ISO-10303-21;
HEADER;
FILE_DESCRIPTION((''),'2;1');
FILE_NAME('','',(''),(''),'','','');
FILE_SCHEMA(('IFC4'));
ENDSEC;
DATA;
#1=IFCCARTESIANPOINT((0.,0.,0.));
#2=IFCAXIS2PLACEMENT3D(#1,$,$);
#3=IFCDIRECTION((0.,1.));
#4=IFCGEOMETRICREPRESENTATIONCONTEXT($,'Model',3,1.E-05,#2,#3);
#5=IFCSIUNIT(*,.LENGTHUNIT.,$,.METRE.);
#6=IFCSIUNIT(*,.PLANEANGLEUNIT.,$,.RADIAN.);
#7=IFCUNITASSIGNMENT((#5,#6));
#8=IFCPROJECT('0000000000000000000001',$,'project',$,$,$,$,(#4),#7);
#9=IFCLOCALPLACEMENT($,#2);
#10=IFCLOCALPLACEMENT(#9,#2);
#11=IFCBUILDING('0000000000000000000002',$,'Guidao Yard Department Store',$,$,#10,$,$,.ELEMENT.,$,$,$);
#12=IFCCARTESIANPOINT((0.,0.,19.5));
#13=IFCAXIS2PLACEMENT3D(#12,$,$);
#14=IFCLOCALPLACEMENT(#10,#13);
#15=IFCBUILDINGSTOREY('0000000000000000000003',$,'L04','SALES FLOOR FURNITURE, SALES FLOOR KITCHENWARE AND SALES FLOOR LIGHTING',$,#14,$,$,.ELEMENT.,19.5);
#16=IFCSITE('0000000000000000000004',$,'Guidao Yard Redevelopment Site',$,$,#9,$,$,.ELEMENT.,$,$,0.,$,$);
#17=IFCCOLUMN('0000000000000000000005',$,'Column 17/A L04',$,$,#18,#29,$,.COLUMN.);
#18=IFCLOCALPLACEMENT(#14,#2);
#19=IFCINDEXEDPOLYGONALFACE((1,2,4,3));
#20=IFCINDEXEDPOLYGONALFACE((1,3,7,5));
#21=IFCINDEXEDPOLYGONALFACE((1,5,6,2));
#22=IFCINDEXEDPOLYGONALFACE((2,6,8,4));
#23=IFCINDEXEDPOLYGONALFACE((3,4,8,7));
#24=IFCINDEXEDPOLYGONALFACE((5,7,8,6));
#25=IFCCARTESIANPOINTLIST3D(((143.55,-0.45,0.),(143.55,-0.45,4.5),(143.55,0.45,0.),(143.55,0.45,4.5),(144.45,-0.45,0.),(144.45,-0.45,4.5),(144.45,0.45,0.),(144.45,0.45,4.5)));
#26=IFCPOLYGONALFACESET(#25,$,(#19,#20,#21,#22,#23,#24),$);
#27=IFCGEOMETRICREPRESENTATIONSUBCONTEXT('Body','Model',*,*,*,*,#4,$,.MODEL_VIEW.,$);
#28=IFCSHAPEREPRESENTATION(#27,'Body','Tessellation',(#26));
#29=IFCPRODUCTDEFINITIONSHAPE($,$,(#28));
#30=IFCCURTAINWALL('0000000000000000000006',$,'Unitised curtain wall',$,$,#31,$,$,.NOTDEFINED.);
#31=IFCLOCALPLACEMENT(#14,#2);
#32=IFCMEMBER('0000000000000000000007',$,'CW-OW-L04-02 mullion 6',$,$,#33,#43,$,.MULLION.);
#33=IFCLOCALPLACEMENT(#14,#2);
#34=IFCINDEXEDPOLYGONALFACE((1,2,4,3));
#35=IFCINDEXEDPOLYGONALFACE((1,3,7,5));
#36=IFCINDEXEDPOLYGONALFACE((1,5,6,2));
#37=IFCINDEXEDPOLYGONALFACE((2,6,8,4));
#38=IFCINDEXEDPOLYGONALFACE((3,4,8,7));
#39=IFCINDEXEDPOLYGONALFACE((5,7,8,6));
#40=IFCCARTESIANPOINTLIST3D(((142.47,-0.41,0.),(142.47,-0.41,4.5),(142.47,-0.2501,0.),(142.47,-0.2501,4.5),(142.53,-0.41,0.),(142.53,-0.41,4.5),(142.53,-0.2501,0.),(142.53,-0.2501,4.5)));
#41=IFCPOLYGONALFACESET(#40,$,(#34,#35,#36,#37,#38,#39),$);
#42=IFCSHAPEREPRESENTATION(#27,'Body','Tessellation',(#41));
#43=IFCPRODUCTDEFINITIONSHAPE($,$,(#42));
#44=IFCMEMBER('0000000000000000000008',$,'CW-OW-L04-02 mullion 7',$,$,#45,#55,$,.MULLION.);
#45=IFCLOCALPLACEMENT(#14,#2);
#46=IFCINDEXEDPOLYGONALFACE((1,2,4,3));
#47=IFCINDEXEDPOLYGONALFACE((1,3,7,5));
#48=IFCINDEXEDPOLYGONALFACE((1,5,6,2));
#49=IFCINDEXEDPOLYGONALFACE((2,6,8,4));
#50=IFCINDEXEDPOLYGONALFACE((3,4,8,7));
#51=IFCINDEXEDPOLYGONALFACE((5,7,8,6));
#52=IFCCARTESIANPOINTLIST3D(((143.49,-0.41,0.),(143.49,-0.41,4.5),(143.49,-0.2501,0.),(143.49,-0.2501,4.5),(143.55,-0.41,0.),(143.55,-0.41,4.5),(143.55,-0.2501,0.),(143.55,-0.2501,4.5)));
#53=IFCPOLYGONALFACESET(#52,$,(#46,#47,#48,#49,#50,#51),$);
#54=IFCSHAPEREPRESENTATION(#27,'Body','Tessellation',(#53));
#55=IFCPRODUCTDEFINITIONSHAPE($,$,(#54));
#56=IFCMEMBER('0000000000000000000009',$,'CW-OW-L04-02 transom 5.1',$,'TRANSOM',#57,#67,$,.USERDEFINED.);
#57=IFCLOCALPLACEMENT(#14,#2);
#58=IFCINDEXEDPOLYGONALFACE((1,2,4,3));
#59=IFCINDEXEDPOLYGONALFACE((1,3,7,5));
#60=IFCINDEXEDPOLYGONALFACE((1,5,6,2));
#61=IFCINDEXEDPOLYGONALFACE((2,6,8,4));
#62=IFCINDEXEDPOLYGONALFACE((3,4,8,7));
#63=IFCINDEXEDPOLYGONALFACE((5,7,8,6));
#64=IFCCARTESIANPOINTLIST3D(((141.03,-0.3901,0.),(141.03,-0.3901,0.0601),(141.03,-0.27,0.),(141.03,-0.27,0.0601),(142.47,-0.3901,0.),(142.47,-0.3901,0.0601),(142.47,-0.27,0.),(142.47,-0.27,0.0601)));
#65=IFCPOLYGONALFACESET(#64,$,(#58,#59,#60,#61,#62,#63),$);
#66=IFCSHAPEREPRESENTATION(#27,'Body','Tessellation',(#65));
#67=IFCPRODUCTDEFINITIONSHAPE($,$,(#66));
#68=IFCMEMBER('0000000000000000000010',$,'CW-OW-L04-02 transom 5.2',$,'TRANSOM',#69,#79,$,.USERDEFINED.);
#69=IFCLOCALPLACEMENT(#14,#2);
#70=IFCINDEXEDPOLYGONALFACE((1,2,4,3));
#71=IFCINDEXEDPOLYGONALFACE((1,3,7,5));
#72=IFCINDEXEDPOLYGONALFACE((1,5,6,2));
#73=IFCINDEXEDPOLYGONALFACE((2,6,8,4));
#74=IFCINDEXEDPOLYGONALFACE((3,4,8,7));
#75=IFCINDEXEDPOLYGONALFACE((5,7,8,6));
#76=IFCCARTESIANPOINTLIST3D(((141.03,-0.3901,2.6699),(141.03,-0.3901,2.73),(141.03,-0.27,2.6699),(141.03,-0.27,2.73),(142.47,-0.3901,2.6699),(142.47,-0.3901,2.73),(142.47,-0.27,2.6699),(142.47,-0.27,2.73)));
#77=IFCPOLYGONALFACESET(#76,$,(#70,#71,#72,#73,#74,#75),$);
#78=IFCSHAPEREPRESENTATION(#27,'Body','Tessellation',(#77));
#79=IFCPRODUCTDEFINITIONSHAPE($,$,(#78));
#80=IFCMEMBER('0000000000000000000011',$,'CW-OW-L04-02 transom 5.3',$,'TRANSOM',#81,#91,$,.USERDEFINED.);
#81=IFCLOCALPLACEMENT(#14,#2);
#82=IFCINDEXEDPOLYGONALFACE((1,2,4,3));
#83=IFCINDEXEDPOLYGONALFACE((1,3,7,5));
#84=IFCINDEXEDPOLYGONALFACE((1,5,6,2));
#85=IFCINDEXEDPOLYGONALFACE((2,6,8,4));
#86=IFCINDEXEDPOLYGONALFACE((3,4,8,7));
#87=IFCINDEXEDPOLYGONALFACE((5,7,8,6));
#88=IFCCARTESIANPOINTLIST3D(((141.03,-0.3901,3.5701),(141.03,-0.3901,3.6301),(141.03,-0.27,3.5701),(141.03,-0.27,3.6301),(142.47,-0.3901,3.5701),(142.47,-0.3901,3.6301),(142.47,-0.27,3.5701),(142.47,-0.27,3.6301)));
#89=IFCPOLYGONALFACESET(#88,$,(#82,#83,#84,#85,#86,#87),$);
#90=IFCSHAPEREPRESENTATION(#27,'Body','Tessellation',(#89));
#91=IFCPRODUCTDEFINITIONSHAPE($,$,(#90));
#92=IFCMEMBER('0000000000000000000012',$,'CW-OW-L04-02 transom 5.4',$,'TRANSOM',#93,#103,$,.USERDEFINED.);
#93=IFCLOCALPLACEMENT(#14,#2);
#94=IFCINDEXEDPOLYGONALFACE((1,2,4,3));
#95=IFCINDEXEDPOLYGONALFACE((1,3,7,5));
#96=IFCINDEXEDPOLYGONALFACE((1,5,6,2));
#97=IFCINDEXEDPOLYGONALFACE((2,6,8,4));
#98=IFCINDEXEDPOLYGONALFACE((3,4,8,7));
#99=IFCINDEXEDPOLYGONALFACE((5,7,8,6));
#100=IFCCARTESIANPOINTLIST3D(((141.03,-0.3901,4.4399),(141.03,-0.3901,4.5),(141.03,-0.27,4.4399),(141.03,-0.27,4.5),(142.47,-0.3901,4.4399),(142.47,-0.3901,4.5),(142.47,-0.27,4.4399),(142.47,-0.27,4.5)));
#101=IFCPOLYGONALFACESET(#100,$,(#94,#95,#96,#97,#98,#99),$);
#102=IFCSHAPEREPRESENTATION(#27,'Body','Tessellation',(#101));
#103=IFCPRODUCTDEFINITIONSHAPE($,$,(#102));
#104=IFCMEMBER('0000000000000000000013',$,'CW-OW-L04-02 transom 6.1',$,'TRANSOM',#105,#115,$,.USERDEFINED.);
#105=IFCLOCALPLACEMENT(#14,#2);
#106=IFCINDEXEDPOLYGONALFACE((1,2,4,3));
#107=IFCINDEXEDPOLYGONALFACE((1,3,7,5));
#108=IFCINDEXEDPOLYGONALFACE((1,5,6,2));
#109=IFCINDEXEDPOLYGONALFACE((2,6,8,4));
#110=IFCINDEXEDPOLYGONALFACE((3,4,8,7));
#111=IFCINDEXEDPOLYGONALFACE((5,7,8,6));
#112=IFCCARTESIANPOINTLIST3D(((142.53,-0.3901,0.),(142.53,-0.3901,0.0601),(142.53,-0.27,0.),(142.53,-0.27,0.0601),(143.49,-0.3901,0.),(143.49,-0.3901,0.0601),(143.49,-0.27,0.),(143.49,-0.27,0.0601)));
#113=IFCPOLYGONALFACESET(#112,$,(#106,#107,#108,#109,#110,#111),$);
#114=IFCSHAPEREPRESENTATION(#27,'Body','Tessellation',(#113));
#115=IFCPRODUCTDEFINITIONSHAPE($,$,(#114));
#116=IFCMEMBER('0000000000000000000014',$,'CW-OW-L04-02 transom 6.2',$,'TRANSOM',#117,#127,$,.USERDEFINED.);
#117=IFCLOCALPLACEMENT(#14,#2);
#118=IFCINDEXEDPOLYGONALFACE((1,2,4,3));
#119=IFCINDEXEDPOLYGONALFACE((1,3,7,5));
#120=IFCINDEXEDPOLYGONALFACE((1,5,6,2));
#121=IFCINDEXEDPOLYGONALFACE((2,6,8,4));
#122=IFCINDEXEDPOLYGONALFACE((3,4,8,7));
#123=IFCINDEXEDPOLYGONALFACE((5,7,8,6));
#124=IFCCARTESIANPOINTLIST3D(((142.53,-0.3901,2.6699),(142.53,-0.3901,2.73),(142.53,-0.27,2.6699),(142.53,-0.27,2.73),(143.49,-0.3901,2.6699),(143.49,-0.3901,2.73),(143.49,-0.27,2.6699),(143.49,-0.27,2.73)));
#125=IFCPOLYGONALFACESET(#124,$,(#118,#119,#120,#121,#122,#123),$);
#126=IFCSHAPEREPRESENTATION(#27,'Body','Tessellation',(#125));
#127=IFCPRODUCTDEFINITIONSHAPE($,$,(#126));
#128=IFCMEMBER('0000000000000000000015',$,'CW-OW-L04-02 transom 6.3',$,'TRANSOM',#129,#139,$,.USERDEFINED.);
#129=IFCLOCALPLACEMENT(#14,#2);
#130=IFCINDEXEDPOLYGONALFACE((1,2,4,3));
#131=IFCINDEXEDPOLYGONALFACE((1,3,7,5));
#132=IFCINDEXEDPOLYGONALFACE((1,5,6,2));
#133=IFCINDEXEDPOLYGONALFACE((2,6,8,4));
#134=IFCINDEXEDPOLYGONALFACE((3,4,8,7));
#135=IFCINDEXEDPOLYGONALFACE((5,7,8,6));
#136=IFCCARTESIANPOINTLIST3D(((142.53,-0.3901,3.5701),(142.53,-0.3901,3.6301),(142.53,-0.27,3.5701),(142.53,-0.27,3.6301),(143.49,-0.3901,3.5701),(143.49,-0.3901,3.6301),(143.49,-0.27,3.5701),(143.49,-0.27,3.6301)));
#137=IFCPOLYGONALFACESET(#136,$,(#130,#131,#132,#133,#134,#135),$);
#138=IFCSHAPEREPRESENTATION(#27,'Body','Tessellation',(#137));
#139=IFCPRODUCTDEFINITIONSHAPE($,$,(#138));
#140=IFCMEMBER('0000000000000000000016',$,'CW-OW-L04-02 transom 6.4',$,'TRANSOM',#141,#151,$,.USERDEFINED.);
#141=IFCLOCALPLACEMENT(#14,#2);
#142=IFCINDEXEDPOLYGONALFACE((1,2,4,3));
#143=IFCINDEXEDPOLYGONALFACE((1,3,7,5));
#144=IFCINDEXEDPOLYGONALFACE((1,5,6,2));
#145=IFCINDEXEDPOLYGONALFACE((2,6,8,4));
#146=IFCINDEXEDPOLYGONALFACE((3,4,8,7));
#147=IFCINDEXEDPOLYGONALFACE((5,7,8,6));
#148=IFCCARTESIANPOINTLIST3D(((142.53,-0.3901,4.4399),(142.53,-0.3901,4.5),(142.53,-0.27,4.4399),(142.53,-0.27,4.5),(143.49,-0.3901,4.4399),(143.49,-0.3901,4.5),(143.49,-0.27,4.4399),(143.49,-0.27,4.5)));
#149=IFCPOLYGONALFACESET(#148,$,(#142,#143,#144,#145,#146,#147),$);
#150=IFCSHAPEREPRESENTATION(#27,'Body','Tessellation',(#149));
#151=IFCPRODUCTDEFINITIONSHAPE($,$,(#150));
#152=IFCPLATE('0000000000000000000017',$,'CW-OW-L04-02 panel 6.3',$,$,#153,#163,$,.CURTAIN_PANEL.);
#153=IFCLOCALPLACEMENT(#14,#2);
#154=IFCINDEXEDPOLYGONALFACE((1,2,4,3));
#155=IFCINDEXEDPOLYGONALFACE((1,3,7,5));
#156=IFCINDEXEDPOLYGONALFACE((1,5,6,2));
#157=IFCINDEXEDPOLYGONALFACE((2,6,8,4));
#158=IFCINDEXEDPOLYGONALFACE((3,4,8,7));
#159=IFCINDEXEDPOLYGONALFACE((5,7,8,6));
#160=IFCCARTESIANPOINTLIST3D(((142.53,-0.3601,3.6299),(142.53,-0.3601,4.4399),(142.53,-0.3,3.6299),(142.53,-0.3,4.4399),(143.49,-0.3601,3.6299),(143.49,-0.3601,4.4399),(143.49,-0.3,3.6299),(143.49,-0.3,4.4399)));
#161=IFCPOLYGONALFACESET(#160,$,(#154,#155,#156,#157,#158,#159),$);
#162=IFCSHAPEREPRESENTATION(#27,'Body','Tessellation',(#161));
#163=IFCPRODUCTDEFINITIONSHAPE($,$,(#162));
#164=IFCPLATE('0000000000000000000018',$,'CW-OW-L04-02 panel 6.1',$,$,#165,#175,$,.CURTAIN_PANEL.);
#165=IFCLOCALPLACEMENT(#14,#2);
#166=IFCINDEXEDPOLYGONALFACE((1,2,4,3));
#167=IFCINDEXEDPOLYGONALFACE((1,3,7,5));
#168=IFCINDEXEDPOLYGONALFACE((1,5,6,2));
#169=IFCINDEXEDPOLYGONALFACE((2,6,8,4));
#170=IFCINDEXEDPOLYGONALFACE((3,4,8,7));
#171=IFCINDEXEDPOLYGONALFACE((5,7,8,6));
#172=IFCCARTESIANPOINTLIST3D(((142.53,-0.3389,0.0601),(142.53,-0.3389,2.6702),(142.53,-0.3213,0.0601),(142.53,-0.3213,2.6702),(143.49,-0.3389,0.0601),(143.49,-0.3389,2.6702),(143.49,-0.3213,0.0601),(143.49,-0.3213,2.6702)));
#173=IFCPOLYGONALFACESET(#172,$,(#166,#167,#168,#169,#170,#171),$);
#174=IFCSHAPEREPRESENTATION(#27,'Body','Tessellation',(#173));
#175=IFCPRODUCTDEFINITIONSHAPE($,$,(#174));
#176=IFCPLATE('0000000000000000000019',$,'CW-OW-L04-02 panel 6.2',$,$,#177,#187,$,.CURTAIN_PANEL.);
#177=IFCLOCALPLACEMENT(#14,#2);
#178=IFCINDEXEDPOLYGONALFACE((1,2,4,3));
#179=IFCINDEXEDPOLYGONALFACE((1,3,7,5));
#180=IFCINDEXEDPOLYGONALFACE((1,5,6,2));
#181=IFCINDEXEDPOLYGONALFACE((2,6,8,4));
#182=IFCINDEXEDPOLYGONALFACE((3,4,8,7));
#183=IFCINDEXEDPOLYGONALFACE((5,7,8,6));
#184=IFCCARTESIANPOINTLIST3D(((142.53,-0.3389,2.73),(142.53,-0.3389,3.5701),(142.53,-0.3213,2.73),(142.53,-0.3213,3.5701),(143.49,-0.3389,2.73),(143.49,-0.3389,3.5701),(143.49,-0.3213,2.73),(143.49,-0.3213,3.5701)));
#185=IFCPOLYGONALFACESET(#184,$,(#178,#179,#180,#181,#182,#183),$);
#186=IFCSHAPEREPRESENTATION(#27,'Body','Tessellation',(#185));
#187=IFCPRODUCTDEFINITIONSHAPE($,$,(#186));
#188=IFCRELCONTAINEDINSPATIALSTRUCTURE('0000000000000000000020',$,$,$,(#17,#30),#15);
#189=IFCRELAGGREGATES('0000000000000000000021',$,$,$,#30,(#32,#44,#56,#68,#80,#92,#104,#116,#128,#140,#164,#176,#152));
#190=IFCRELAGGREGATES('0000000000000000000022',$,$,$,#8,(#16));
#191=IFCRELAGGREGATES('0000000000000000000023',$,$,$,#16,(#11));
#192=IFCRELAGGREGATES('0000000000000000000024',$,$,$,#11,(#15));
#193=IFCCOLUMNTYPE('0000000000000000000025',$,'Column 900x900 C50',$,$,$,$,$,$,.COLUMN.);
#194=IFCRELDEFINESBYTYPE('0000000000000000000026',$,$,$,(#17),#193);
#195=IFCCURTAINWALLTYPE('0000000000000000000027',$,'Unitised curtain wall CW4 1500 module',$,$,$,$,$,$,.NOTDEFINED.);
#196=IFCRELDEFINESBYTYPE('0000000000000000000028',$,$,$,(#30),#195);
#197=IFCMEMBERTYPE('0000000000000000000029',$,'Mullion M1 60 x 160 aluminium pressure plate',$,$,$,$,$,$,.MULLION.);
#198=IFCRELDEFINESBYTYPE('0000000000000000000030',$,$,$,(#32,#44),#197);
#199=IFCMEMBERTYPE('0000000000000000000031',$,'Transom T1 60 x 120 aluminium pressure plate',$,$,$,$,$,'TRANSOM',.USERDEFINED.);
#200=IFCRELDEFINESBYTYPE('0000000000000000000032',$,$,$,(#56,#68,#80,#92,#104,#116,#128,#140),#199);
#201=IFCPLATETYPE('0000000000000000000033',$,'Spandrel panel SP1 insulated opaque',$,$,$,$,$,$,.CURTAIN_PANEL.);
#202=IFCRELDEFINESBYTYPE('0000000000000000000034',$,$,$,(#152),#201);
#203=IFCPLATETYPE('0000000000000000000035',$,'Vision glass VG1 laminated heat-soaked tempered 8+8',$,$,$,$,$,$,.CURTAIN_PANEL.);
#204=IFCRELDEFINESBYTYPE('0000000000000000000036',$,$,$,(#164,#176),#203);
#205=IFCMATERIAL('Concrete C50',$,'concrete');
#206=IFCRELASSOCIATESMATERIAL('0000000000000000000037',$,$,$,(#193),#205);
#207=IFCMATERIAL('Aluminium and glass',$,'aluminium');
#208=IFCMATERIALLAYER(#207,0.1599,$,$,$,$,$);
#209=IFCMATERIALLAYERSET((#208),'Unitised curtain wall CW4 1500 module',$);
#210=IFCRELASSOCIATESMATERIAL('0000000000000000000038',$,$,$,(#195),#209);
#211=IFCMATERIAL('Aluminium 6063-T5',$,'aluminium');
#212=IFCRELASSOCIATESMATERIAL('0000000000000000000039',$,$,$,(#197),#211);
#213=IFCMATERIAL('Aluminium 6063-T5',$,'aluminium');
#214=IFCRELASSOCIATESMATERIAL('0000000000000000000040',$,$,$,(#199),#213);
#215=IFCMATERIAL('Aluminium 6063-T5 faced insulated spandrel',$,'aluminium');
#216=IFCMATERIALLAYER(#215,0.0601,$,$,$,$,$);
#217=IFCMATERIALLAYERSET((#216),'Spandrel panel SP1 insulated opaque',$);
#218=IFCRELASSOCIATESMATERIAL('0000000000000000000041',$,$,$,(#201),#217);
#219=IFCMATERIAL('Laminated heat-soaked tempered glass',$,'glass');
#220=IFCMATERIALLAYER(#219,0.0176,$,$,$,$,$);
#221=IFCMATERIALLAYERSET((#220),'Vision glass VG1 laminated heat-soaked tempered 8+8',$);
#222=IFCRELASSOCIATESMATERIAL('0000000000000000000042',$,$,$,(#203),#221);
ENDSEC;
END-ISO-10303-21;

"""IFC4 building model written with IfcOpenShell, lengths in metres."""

from ifc_helpers import new_model, si_unit, direction, frame, origin, origin_2d, place, context, subcontext, project, spatial, rectangle, extrude, material, layer, layer_set, material_profile, profile_set, type_object, element, aggregate, save


model = new_model("IFC4")

# Units and contexts
model_context = context("Model", 3, precision=1e-05, world=origin(), true_north=direction((0.0, 1.0)))
body_context = subcontext(model_context, "Body", "Model", "MODEL_VIEW")
ifc_project = project(units=[si_unit("LENGTHUNIT", "METRE"), si_unit("PLANEANGLEUNIT", "RADIAN")], contexts=[model_context])

# Site, building, storey
site_placement = place(None, origin())
site = spatial("IfcSite", under=ifc_project, at=site_placement, Name="Guidao Yard Redevelopment Site", CompositionType="ELEMENT", RefElevation=0.0)
building_placement = place(site_placement, origin())
building = spatial("IfcBuilding", under=site, at=building_placement, Name="Guidao Yard Department Store", CompositionType="ELEMENT")
storey_placement = place(building_placement, frame((0.0, 0.0, 19.5)))
storey = spatial("IfcBuildingStorey", under=building, at=storey_placement, Name="L04", Description="SALES FLOOR FURNITURE, SALES FLOOR KITCHENWARE AND SALES FLOOR LIGHTING", CompositionType="ELEMENT", Elevation=19.5)

# Column
ifc_material_1 = material(Name="Concrete C50", Category="concrete")
ifc_material_profile_1 = material_profile(ifc_material_1, rectangle(XDim=0.8999, YDim=0.8999, at=origin_2d()), Name="COL 900x900")
ifc_profile_set_1 = profile_set([ifc_material_profile_1], Name="Concrete C50")
column_type = type_object("IfcColumnType", Name="Column 900x900 C50", PredefinedType="COLUMN", material=ifc_profile_set_1)
column_placement = place(storey_placement, frame((144.0, 0.0, 0.0), z_axis=(0.0, 0.0, 1.0), x_axis=(1.0, 0.0, 0.0)))
element("IfcColumn", 1, at=column_placement, inside=storey, type_object=column_type, Name="Column 17/A L04", PredefinedType="COLUMN", context=body_context, shape_type="SweptSolid", body=[
    extrude(rectangle(XDim=0.8999, YDim=0.8999, at=origin_2d()), origin(), (0.0, 0.0, 1.0), 4.5),
])

# Curtain wall, members, plates
ifc_material_2 = material(Name="Aluminium and glass", Category="aluminium")
ifc_layer_1 = layer(ifc_material_2, 0.1599)
ifc_layer_set_1 = layer_set([ifc_layer_1], Name="Unitised curtain wall CW4 1500 module")
curtain_wall_type = type_object("IfcCurtainWallType", Name="Unitised curtain wall CW4 1500 module", PredefinedType="NOTDEFINED", material=ifc_layer_set_1)
curtain_wall_placement = place(storey_placement, origin())
curtain_wall = element("IfcCurtainWall", 2, at=curtain_wall_placement, inside=storey, type_object=curtain_wall_type, Name="Unitised curtain wall", PredefinedType="NOTDEFINED")
ifc_material_3 = material(Name="Aluminium 6063-T5", Category="aluminium")
ifc_material_profile_2 = material_profile(ifc_material_3, rectangle(XDim=0.0601, YDim=0.1599, at=origin_2d()), Name="Mullion M1 60 x 160 aluminium pressure plate")
ifc_profile_set_2 = profile_set([ifc_material_profile_2], Name="Aluminium 6063-T5")
member_type_1 = type_object("IfcMemberType", Name="Mullion M1 60 x 160 aluminium pressure plate", PredefinedType="MULLION", material=ifc_profile_set_2)
member_1_placement = place(storey_placement, frame((142.5, -0.3301, 0.0), z_axis=(0.0, 0.0, 1.0), x_axis=(-1.0, 0.0, 0.0)))
member_1 = element("IfcMember", 3, at=member_1_placement, type_object=member_type_1, Name="CW-OW-L04-02 mullion 6", PredefinedType="MULLION", context=body_context, shape_type="SweptSolid", body=[
    extrude(rectangle(XDim=0.0601, YDim=0.1599, at=origin_2d()), origin(), (0.0, 0.0, 1.0), 4.5),
])
member_2_placement = place(storey_placement, frame((143.52, -0.3301, 0.0), z_axis=(0.0, 0.0, 1.0), x_axis=(-1.0, 0.0, 0.0)))
member_2 = element("IfcMember", 4, at=member_2_placement, type_object=member_type_1, Name="CW-OW-L04-02 mullion 7", PredefinedType="MULLION", context=body_context, shape_type="SweptSolid", body=[
    extrude(rectangle(XDim=0.0601, YDim=0.1599, at=origin_2d()), origin(), (0.0, 0.0, 1.0), 4.5),
])
ifc_material_4 = material(Name="Aluminium 6063-T5", Category="aluminium")
ifc_material_profile_3 = material_profile(ifc_material_4, rectangle(XDim=0.1201, YDim=0.0601, at=origin_2d()), Name="Transom T1 60 x 120 aluminium pressure plate")
ifc_profile_set_3 = profile_set([ifc_material_profile_3], Name="Aluminium 6063-T5")
member_type_2 = type_object("IfcMemberType", Name="Transom T1 60 x 120 aluminium pressure plate", ElementType="TRANSOM", PredefinedType="USERDEFINED", material=ifc_profile_set_3)
member_3_placement = place(storey_placement, frame((142.47, -0.3301, 0.03), z_axis=(-1.0, 0.0, 0.0), x_axis=(0.0, -1.0, 0.0)))
member_3 = element("IfcMember", 5, at=member_3_placement, type_object=member_type_2, Name="CW-OW-L04-02 transom 5.1", ObjectType="TRANSOM", PredefinedType="USERDEFINED", context=body_context, shape_type="SweptSolid", body=[
    extrude(rectangle(XDim=0.1201, YDim=0.0601, at=origin_2d()), origin(), (0.0, 0.0, 1.0), 1.4399),
])
member_4_placement = place(storey_placement, frame((142.47, -0.3301, 2.7), z_axis=(-1.0, 0.0, 0.0), x_axis=(0.0, -1.0, 0.0)))
member_4 = element("IfcMember", 6, at=member_4_placement, type_object=member_type_2, Name="CW-OW-L04-02 transom 5.2", ObjectType="TRANSOM", PredefinedType="USERDEFINED", context=body_context, shape_type="SweptSolid", body=[
    extrude(rectangle(XDim=0.1201, YDim=0.0601, at=origin_2d()), origin(), (0.0, 0.0, 1.0), 1.4399),
])
member_5_placement = place(storey_placement, frame((142.47, -0.3301, 3.6001), z_axis=(-1.0, 0.0, 0.0), x_axis=(0.0, -1.0, 0.0)))
member_5 = element("IfcMember", 7, at=member_5_placement, type_object=member_type_2, Name="CW-OW-L04-02 transom 5.3", ObjectType="TRANSOM", PredefinedType="USERDEFINED", context=body_context, shape_type="SweptSolid", body=[
    extrude(rectangle(XDim=0.1201, YDim=0.0601, at=origin_2d()), origin(), (0.0, 0.0, 1.0), 1.4399),
])
member_6_placement = place(storey_placement, frame((142.47, -0.3301, 4.47), z_axis=(-1.0, 0.0, 0.0), x_axis=(0.0, -1.0, 0.0)))
member_6 = element("IfcMember", 8, at=member_6_placement, type_object=member_type_2, Name="CW-OW-L04-02 transom 5.4", ObjectType="TRANSOM", PredefinedType="USERDEFINED", context=body_context, shape_type="SweptSolid", body=[
    extrude(rectangle(XDim=0.1201, YDim=0.0601, at=origin_2d()), origin(), (0.0, 0.0, 1.0), 1.4399),
])
member_7_placement = place(storey_placement, frame((143.49, -0.3301, 0.03), z_axis=(-1.0, 0.0, 0.0), x_axis=(0.0, -1.0, 0.0)))
member_7 = element("IfcMember", 9, at=member_7_placement, type_object=member_type_2, Name="CW-OW-L04-02 transom 6.1", ObjectType="TRANSOM", PredefinedType="USERDEFINED", context=body_context, shape_type="SweptSolid", body=[
    extrude(rectangle(XDim=0.1201, YDim=0.0601, at=origin_2d()), origin(), (0.0, 0.0, 1.0), 0.96),
])
member_8_placement = place(storey_placement, frame((143.49, -0.3301, 2.7), z_axis=(-1.0, 0.0, 0.0), x_axis=(0.0, -1.0, 0.0)))
member_8 = element("IfcMember", 10, at=member_8_placement, type_object=member_type_2, Name="CW-OW-L04-02 transom 6.2", ObjectType="TRANSOM", PredefinedType="USERDEFINED", context=body_context, shape_type="SweptSolid", body=[
    extrude(rectangle(XDim=0.1201, YDim=0.0601, at=origin_2d()), origin(), (0.0, 0.0, 1.0), 0.96),
])
member_9_placement = place(storey_placement, frame((143.49, -0.3301, 3.6001), z_axis=(-1.0, 0.0, 0.0), x_axis=(0.0, -1.0, 0.0)))
member_9 = element("IfcMember", 11, at=member_9_placement, type_object=member_type_2, Name="CW-OW-L04-02 transom 6.3", ObjectType="TRANSOM", PredefinedType="USERDEFINED", context=body_context, shape_type="SweptSolid", body=[
    extrude(rectangle(XDim=0.1201, YDim=0.0601, at=origin_2d()), origin(), (0.0, 0.0, 1.0), 0.96),
])
member_10_placement = place(storey_placement, frame((143.49, -0.3301, 4.47), z_axis=(-1.0, 0.0, 0.0), x_axis=(0.0, -1.0, 0.0)))
member_10 = element("IfcMember", 12, at=member_10_placement, type_object=member_type_2, Name="CW-OW-L04-02 transom 6.4", ObjectType="TRANSOM", PredefinedType="USERDEFINED", context=body_context, shape_type="SweptSolid", body=[
    extrude(rectangle(XDim=0.1201, YDim=0.0601, at=origin_2d()), origin(), (0.0, 0.0, 1.0), 0.96),
])
ifc_material_5 = material(Name="Aluminium 6063-T5 faced insulated spandrel", Category="aluminium")
ifc_layer_2 = layer(ifc_material_5, 0.0601)
ifc_layer_set_2 = layer_set([ifc_layer_2], Name="Spandrel panel SP1 insulated opaque")
plate_type_1 = type_object("IfcPlateType", Name="Spandrel panel SP1 insulated opaque", PredefinedType="CURTAIN_PANEL", material=ifc_layer_set_2)
plate_1_placement = place(storey_placement, frame((143.01, -0.3301, 3.6299), z_axis=(0.0, 0.0, 1.0), x_axis=(-1.0, 0.0, 0.0)))
plate_1 = element("IfcPlate", 13, at=plate_1_placement, type_object=plate_type_1, Name="CW-OW-L04-02 panel 6.3", PredefinedType="CURTAIN_PANEL", context=body_context, shape_type="SweptSolid", body=[
    extrude(rectangle(XDim=0.96, YDim=0.0601, at=origin_2d()), origin(), (0.0, 0.0, 1.0), 0.8101),
])
ifc_material_6 = material(Name="Laminated heat-soaked tempered glass", Category="glass")
ifc_layer_3 = layer(ifc_material_6, 0.0176)
ifc_layer_set_3 = layer_set([ifc_layer_3], Name="Vision glass VG1 laminated heat-soaked tempered 8+8")
plate_type_2 = type_object("IfcPlateType", Name="Vision glass VG1 laminated heat-soaked tempered 8+8", PredefinedType="CURTAIN_PANEL", material=ifc_layer_set_3)
plate_2_placement = place(storey_placement, frame((143.01, -0.3301, 0.0601), z_axis=(0.0, 0.0, 1.0), x_axis=(-1.0, 0.0, 0.0)))
plate_2 = element("IfcPlate", 14, at=plate_2_placement, type_object=plate_type_2, Name="CW-OW-L04-02 panel 6.1", PredefinedType="CURTAIN_PANEL", context=body_context, shape_type="SweptSolid", body=[
    extrude(rectangle(XDim=0.96, YDim=0.0176, at=origin_2d()), origin(), (0.0, 0.0, 1.0), 2.6101),
])
plate_3_placement = place(storey_placement, frame((143.01, -0.3301, 2.73), z_axis=(0.0, 0.0, 1.0), x_axis=(-1.0, 0.0, 0.0)))
plate_3 = element("IfcPlate", 15, at=plate_3_placement, type_object=plate_type_2, Name="CW-OW-L04-02 panel 6.2", PredefinedType="CURTAIN_PANEL", context=body_context, shape_type="SweptSolid", body=[
    extrude(rectangle(XDim=0.96, YDim=0.0176, at=origin_2d()), origin(), (0.0, 0.0, 1.0), 0.8401),
])
aggregate(curtain_wall, [member_1, member_2, member_3, member_4, member_5, member_6, member_7, member_8, member_9, member_10, plate_2, plate_3, plate_1])

save(model, "model.ifc")
